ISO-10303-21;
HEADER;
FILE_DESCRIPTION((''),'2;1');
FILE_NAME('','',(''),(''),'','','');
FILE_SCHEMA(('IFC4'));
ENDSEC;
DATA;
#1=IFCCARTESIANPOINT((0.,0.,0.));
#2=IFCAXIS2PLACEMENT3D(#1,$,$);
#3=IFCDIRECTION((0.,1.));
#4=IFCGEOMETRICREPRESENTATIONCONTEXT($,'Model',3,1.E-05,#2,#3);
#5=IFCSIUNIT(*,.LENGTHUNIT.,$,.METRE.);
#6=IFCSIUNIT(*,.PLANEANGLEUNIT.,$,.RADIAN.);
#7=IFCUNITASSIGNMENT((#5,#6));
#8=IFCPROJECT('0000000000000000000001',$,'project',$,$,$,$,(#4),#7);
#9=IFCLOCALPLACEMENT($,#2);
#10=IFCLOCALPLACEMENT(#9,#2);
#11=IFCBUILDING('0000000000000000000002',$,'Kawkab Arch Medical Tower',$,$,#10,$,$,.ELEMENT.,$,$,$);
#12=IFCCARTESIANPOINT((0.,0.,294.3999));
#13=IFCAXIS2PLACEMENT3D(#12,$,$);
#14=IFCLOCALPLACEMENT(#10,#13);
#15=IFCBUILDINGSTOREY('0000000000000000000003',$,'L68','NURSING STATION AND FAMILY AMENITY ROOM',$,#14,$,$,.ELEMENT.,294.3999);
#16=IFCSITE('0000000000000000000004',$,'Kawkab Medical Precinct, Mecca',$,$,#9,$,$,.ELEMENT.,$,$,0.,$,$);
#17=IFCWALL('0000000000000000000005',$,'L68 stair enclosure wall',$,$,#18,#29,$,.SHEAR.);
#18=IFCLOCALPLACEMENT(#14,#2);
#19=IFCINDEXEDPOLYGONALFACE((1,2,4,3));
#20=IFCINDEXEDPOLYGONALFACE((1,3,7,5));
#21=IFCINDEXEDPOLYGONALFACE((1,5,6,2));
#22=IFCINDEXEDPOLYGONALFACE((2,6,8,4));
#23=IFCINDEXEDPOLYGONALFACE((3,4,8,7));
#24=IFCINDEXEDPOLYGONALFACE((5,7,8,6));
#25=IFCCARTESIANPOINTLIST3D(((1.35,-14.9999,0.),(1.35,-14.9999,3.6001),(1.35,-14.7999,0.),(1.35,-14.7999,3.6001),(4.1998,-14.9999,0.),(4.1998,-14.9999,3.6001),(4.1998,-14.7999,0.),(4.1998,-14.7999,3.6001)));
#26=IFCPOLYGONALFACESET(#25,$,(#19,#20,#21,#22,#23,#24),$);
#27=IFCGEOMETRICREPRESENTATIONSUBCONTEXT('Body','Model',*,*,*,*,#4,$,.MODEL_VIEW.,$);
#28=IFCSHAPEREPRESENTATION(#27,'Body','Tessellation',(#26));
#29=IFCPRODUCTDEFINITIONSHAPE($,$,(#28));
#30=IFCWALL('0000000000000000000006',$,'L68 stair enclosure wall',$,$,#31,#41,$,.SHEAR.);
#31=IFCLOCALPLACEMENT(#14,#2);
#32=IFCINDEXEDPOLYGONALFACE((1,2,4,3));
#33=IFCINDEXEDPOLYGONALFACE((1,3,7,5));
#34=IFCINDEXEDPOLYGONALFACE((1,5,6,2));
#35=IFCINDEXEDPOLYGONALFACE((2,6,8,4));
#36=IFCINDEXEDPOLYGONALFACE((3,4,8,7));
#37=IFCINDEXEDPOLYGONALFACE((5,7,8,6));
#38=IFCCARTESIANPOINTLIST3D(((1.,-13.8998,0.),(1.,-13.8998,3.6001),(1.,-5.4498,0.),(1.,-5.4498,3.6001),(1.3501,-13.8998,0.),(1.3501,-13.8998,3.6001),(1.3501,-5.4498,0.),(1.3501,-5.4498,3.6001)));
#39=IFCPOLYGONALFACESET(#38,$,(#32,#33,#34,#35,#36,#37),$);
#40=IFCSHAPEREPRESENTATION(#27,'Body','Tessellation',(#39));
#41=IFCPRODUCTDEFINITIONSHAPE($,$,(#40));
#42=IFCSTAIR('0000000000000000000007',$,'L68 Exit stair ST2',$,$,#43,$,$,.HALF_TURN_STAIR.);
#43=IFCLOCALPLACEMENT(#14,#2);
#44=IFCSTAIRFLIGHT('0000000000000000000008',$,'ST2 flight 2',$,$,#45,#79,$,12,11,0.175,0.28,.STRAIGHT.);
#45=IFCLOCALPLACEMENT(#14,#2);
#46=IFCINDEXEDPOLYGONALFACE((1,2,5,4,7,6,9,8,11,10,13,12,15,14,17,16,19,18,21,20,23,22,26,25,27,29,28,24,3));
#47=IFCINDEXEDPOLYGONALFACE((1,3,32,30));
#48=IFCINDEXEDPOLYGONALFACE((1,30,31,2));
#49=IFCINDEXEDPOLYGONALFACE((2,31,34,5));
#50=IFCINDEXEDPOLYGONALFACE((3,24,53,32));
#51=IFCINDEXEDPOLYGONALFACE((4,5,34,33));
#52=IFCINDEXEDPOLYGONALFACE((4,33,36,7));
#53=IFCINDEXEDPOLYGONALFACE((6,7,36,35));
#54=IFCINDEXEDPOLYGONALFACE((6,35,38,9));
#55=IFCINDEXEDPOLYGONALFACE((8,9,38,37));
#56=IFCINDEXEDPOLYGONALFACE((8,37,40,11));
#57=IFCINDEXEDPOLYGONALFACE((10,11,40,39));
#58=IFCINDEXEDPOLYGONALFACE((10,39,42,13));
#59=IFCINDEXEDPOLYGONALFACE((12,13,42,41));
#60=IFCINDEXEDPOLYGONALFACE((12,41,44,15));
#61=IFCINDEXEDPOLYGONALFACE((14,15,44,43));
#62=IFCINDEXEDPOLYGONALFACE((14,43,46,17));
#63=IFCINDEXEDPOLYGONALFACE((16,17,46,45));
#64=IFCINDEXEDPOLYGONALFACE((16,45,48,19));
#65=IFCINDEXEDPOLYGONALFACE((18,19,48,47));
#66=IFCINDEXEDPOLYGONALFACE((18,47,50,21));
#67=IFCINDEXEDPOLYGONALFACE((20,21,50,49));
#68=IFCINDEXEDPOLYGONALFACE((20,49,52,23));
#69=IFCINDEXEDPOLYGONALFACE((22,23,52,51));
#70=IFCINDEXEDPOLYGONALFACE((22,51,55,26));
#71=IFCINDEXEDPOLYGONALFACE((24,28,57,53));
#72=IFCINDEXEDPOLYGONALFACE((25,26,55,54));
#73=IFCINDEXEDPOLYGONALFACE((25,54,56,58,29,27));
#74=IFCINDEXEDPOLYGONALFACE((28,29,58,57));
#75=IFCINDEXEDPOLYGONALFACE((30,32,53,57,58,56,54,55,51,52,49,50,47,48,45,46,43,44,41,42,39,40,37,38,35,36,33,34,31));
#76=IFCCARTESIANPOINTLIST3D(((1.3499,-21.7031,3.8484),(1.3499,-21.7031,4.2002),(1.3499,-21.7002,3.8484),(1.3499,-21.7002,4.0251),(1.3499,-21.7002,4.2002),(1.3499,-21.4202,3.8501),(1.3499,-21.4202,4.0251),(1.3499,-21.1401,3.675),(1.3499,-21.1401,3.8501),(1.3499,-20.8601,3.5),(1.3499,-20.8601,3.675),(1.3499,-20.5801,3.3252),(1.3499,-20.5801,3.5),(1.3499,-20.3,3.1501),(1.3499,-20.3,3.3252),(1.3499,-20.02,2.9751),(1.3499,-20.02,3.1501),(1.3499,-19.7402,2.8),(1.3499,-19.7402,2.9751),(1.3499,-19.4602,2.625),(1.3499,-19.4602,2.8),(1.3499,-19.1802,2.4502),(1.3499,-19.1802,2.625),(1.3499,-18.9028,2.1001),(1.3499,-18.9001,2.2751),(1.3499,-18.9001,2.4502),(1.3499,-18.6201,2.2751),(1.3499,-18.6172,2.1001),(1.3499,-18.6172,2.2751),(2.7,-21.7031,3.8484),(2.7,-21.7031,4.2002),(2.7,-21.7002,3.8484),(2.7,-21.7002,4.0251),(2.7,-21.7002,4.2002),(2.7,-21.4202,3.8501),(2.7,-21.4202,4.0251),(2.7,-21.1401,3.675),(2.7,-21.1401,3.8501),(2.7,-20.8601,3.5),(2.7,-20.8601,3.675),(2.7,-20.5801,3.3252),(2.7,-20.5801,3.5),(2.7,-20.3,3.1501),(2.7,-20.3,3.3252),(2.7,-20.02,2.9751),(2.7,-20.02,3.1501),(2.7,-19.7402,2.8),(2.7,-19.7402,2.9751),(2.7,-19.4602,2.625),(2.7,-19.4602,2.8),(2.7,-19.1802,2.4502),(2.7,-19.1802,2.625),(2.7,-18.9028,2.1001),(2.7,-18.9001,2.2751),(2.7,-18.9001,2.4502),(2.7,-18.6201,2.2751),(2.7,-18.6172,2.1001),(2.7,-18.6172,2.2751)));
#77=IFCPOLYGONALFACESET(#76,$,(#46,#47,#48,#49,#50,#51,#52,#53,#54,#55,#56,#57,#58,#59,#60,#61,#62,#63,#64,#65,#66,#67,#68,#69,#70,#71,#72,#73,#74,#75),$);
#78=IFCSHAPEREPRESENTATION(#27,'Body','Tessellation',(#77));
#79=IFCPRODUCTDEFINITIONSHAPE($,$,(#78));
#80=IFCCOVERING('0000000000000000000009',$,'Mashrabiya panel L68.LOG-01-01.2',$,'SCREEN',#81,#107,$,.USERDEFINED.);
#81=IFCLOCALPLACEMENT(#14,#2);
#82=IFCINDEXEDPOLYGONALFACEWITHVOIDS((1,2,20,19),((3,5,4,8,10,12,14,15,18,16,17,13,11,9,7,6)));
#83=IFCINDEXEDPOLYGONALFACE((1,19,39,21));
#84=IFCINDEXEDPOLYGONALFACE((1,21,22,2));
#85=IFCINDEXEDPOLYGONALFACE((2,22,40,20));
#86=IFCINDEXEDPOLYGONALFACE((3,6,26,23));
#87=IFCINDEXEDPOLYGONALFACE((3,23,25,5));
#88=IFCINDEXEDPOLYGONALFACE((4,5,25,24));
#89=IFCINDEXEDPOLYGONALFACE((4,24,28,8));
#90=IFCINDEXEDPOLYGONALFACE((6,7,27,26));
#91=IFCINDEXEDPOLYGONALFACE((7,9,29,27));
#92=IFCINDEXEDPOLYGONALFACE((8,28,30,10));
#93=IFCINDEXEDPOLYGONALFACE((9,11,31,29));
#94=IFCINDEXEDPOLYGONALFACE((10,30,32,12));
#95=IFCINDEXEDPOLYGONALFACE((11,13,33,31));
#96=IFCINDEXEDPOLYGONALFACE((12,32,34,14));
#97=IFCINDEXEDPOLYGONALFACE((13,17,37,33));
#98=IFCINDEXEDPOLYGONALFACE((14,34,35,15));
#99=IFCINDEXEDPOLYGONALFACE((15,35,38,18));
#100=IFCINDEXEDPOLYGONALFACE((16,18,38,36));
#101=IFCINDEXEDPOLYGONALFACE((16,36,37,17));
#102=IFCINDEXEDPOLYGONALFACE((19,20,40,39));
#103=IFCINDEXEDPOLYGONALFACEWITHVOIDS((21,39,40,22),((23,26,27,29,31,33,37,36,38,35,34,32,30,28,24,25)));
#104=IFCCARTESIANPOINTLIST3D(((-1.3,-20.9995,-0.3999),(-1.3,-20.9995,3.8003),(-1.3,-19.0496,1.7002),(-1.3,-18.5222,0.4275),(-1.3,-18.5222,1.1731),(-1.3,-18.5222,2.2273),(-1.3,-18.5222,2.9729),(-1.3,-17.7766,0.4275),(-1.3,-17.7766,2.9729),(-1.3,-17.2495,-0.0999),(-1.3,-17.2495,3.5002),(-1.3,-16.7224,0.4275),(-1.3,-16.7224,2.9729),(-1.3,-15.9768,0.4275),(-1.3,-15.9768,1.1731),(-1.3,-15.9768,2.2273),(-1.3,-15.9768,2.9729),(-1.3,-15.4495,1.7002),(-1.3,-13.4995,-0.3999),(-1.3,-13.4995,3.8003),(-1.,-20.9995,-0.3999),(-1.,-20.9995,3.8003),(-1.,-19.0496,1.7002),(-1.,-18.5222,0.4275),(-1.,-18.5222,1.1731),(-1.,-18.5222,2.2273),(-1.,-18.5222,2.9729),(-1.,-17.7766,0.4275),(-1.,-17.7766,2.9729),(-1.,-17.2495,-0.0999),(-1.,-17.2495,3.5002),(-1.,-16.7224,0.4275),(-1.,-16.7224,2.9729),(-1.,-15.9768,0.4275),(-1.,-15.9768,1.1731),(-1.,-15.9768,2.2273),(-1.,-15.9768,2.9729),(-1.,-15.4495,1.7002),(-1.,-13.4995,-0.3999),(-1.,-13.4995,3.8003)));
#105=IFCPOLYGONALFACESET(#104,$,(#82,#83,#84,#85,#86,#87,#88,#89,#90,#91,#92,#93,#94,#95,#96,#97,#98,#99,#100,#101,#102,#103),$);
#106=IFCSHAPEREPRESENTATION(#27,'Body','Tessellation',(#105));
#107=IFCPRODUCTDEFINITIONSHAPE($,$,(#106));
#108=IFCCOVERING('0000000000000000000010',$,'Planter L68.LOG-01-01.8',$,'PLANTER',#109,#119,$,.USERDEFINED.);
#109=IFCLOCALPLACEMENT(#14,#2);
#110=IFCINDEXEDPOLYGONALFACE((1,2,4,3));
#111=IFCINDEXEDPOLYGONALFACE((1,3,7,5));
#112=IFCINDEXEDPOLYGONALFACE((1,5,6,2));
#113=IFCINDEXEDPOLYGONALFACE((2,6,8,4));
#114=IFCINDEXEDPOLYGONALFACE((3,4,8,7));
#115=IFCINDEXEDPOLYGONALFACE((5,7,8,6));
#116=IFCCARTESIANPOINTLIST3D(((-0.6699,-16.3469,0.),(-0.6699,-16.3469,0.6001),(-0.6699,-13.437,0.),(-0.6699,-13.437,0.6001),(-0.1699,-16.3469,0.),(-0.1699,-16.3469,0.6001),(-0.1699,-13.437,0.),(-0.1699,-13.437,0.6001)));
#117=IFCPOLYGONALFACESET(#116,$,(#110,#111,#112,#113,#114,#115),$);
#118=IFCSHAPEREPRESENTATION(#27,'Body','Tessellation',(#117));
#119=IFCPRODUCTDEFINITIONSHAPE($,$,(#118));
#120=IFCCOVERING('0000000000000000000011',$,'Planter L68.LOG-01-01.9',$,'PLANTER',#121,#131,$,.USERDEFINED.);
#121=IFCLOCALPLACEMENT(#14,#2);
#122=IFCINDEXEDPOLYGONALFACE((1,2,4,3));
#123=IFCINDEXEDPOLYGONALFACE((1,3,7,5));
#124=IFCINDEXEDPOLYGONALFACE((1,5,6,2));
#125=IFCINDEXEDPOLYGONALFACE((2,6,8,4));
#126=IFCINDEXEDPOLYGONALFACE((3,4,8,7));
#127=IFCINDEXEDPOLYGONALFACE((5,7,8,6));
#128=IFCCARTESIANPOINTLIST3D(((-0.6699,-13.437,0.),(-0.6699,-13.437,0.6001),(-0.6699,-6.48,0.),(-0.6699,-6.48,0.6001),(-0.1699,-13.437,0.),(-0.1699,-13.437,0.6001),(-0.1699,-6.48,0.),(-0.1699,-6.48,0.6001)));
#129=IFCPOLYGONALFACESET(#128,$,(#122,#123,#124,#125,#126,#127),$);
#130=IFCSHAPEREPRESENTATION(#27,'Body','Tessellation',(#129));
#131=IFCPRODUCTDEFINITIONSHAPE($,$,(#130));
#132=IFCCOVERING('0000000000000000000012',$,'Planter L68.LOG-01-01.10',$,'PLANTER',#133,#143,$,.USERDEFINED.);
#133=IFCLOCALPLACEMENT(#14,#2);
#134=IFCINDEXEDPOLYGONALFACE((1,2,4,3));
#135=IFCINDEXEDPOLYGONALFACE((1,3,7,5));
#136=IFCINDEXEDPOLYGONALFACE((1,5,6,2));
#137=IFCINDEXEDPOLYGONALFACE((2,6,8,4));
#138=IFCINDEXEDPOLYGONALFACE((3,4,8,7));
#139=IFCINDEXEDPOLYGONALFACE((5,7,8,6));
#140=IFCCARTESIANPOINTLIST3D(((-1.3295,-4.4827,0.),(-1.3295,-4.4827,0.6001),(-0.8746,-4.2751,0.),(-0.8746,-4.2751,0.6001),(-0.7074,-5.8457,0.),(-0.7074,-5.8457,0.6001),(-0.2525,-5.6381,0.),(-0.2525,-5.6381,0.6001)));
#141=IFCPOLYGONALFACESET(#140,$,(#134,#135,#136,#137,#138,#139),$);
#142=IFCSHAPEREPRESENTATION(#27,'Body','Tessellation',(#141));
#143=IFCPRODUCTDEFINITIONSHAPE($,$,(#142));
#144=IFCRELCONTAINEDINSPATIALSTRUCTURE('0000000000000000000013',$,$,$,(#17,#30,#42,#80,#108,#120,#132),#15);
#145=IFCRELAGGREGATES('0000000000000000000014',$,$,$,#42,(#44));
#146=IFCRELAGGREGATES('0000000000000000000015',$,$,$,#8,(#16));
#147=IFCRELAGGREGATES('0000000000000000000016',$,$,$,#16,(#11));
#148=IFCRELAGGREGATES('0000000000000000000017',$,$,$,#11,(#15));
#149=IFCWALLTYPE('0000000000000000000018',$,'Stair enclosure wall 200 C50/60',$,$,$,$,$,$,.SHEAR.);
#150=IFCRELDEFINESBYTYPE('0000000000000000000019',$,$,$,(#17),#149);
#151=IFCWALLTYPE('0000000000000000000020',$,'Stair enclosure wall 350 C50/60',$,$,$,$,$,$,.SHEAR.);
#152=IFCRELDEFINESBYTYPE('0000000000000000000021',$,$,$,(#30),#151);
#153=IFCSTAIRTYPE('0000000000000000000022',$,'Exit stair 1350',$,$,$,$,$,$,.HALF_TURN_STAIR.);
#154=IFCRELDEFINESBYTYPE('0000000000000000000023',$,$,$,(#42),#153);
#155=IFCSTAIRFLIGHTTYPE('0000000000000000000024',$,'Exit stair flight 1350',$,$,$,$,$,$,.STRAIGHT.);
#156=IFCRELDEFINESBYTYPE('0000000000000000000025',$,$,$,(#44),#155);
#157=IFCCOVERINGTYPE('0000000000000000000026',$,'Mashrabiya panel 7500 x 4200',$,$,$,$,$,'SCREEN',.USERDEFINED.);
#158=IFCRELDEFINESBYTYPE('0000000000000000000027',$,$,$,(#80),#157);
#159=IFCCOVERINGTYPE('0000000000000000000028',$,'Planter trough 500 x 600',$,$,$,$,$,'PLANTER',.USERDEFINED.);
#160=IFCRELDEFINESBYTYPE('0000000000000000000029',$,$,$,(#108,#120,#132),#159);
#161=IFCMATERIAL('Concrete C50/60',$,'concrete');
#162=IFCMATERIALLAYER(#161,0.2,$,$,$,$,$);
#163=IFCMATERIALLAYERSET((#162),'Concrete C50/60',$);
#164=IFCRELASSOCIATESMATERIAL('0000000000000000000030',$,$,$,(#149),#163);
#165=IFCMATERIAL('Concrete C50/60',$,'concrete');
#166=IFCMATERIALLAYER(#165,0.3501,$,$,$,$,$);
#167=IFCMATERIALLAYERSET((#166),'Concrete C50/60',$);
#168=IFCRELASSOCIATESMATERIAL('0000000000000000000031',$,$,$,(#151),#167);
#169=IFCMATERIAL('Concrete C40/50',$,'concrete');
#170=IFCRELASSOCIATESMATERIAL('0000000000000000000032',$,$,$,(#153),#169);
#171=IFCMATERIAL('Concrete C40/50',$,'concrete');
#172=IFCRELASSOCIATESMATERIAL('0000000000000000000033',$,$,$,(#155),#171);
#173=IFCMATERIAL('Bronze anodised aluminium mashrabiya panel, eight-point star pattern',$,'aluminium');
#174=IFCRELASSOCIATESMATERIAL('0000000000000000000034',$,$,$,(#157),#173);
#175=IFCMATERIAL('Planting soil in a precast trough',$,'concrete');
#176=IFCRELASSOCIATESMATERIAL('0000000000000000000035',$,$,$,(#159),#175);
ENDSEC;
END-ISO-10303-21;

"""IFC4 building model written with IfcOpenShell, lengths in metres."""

from ifc_helpers import new_model, si_unit, direction, frame, frame_2d, origin, origin_2d, place, context, subcontext, project, spatial, polyline, rectangle, outline, extrude, material, layer, layer_set, material_profile, profile_set, type_object, element, aggregate, save


model = new_model("IFC4")

# Units and contexts
model_context = context("Model", 3, precision=1e-05, world=origin(), true_north=direction((0.0, 1.0)))
body_context = subcontext(model_context, "Body", "Model", "MODEL_VIEW")
ifc_project = project(units=[si_unit("LENGTHUNIT", "METRE"), si_unit("PLANEANGLEUNIT", "RADIAN")], contexts=[model_context])

# Site, building, storey
site_placement = place(None, origin())
site = spatial("IfcSite", under=ifc_project, at=site_placement, Name="Kawkab Medical Precinct, Mecca", CompositionType="ELEMENT", RefElevation=0.0)
building_placement = place(site_placement, origin())
building = spatial("IfcBuilding", under=site, at=building_placement, Name="Kawkab Arch Medical Tower", CompositionType="ELEMENT")
storey_placement = place(building_placement, frame((0.0, 0.0, 294.3999)))
storey = spatial("IfcBuildingStorey", under=building, at=storey_placement, Name="L68", Description="NURSING STATION AND FAMILY AMENITY ROOM", CompositionType="ELEMENT", Elevation=294.3999)

# Shared definitions
placement = place(storey_placement, origin())

# Walls
ifc_material_1 = material(Name="Concrete C50/60", Category="concrete")
ifc_layer_1 = layer(ifc_material_1, 0.2)
ifc_layer_set_1 = layer_set([ifc_layer_1], Name="Concrete C50/60")
wall_type_1 = type_object("IfcWallType", Name="Stair enclosure wall 200 C50/60", PredefinedType="SHEAR", material=ifc_layer_set_1)
for number, where, z_axis, x_axis, name in (
    (1, (1.3501, -14.8999, 0.0), (0.0, 0.0, 1.0), (1.0, 0.0, 0.0), "L68 stair enclosure wall"),
):
    element("IfcWall", number, at=place(storey_placement, frame(where, z_axis=z_axis, x_axis=x_axis)), inside=storey, type_object=wall_type_1, Name=name, PredefinedType="SHEAR", context=body_context, shape_type="SweptSolid", body=[
        extrude(rectangle(XDim=2.8499, YDim=0.2, at=frame_2d((1.4248, 0.0))), origin(), (0.0, 0.0, 1.0), 3.6001),
    ])
ifc_material_2 = material(Name="Concrete C50/60", Category="concrete")
ifc_layer_2 = layer(ifc_material_2, 0.3501)
ifc_layer_set_2 = layer_set([ifc_layer_2], Name="Concrete C50/60")
wall_type_2 = type_object("IfcWallType", Name="Stair enclosure wall 350 C50/60", PredefinedType="SHEAR", material=ifc_layer_set_2)
wall_placement = place(storey_placement, frame((1.175, -13.8999, 0.0), z_axis=(0.0, 0.0, 1.0), x_axis=(0.0, 1.0, 0.0)))
element("IfcWall", 2, at=wall_placement, inside=storey, type_object=wall_type_2, Name="L68 stair enclosure wall", PredefinedType="SHEAR", context=body_context, shape_type="SweptSolid", body=[
    extrude(rectangle(XDim=8.45, YDim=0.3501, at=frame_2d((4.2251, 0.0))), origin(), (0.0, 0.0, 1.0), 3.6001),
])

# Stair, stair flight
ifc_material_3 = material(Name="Concrete C40/50", Category="concrete")
stair_type = type_object("IfcStairType", Name="Exit stair 1350", PredefinedType="HALF_TURN_STAIR", material=ifc_material_3)
stair = element("IfcStair", 3, at=placement, inside=storey, type_object=stair_type, Name="L68 Exit stair ST2", PredefinedType="HALF_TURN_STAIR")
ifc_material_4 = material(Name="Concrete C40/50", Category="concrete")
stair_flight_type = type_object("IfcStairFlightType", Name="Exit stair flight 1350", PredefinedType="STRAIGHT", material=ifc_material_4)
stair_flight_placement = place(storey_placement, frame((2.0249, -18.6201, 2.1001), z_axis=(0.0, 0.0, 1.0), x_axis=(0.0, -1.0, 0.0)))
stair_flight = element("IfcStairFlight", 4, at=stair_flight_placement, type_object=stair_flight_type, Name="ST2 flight 2", NumberOfRisers=12, NumberOfTreads=11, PredefinedType="STRAIGHT", RiserHeight=0.175, TreadLength=0.28, context=body_context, shape_type="SweptSolid", body=[
    extrude(outline(polyline([(-0.0029, 0.0), (-0.0029, 0.175), (0.0, 0.175), (0.28, 0.175), (0.28, 0.3501), (0.5601, 0.3501), (0.5601, 0.5249), (0.8401, 0.5249), (0.8401, 0.7), (1.1201, 0.7), (1.1201, 0.875), (1.3999, 0.875), (1.3999, 1.05), (1.6799, 1.05), (1.6799, 1.2251), (1.96, 1.2251), (1.96, 1.3999), (2.24, 1.3999), (2.24, 1.575), (2.52, 1.575), (2.52, 1.75), (2.8, 1.75), (2.8, 1.925), (3.0801, 1.925), (3.0801, 2.1001), (3.083, 2.1001), (3.083, 1.7483), (3.0801, 1.7483), (0.2827, 0.0), (-0.0029, 0.0)])), frame((0.0, 0.675, 0.0), z_axis=(0.0, -1.0, 0.0), x_axis=(1.0, 0.0, 0.0)), (0.0, 0.0, 1.0), 1.3501),
])
aggregate(stair, [stair_flight])

# Coverings
ifc_material_5 = material(Name="Bronze anodised aluminium mashrabiya panel, eight-point star pattern", Category="aluminium")
ifc_material_profile_1 = material_profile(ifc_material_5, outline(polyline([(-3.75, -2.1001), (3.75, -2.1001), (3.75, 2.1001), (-3.75, 2.1001), (-3.75, -2.1001)]), holes=[polyline([(1.8, 0.0), (1.2727, 0.5271), (1.2727, 1.2727), (0.5271, 1.2727), (0.0, 1.8), (-0.5271, 1.2727), (-1.2727, 1.2727), (-1.2727, 0.5271), (-1.8, 0.0), (-1.2727, -0.5271), (-1.2727, -1.2727), (-0.5271, -1.2727), (0.0, -1.8), (0.5271, -1.2727), (1.2727, -1.2727), (1.2727, -0.5271), (1.8, 0.0)])]), Name="Mashrabiya panel 7500x4200")
ifc_profile_set_1 = profile_set([ifc_material_profile_1], Name="Bronze anodised aluminium mashrabiya panel, eight-point star pattern")
covering_type_1 = type_object("IfcCoveringType", Name="Mashrabiya panel 7500 x 4200", ElementType="SCREEN", PredefinedType="USERDEFINED", material=ifc_profile_set_1)
covering_1_placement = place(storey_placement, frame((-1.0, -17.2495, 1.7002), z_axis=(-1.0, 0.0, 0.0), x_axis=(0.0, -1.0, 0.0)))
element("IfcCovering", 5, at=covering_1_placement, inside=storey, type_object=covering_type_1, Name="Mashrabiya panel L68.LOG-01-01.2", ObjectType="SCREEN", PredefinedType="USERDEFINED", context=body_context, shape_type="SweptSolid", body=[
    extrude(outline(polyline([(-3.75, -2.1001), (3.75, -2.1001), (3.75, 2.1001), (-3.75, 2.1001), (-3.75, -2.1001)]), holes=[polyline([(1.8, 0.0), (1.2727, 0.5271), (1.2727, 1.2727), (0.5271, 1.2727), (0.0, 1.8), (-0.5271, 1.2727), (-1.2727, 1.2727), (-1.2727, 0.5271), (-1.8, 0.0), (-1.2727, -0.5271), (-1.2727, -1.2727), (-0.5271, -1.2727), (0.0, -1.8), (0.5271, -1.2727), (1.2727, -1.2727), (1.2727, -0.5271), (1.8, 0.0)])]), origin(), (0.0, 0.0, 1.0), 0.3),
])
ifc_material_6 = material(Name="Planting soil in a precast trough", Category="concrete")
ifc_material_profile_2 = material_profile(ifc_material_6, rectangle(XDim=0.5, YDim=0.6001, at=origin_2d()), Name="Trough 500x600")
ifc_profile_set_2 = profile_set([ifc_material_profile_2], Name="Planting soil in a precast trough")
covering_type_2 = type_object("IfcCoveringType", Name="Planter trough 500 x 600", ElementType="PLANTER", PredefinedType="USERDEFINED", material=ifc_profile_set_2)
covering_2_placement = place(storey_placement, frame((-0.4199, -16.3469, 0.3), z_axis=(0.0, 1.0, 0.0), x_axis=(-1.0, 0.0, 0.0)))
element("IfcCovering", 6, at=covering_2_placement, inside=storey, type_object=covering_type_2, Name="Planter L68.LOG-01-01.8", ObjectType="PLANTER", PredefinedType="USERDEFINED", context=body_context, shape_type="SweptSolid", body=[
    extrude(rectangle(XDim=0.5, YDim=0.6001, at=origin_2d()), origin(), (0.0, 0.0, 1.0), 2.9099),
])
covering_3_placement = place(storey_placement, frame((-0.4199, -13.437, 0.3), z_axis=(0.0, 1.0, 0.0), x_axis=(-1.0, 0.0, 0.0)))
element("IfcCovering", 7, at=covering_3_placement, inside=storey, type_object=covering_type_2, Name="Planter L68.LOG-01-01.9", ObjectType="PLANTER", PredefinedType="USERDEFINED", context=body_context, shape_type="SweptSolid", body=[
    extrude(rectangle(XDim=0.5, YDim=0.6001, at=origin_2d()), origin(), (0.0, 0.0, 1.0), 6.957),
])
covering_4_placement = place(storey_placement, frame((-0.48, -5.7419, 0.3), z_axis=(-0.41519, 0.909735, 0.0), x_axis=(-0.909735, -0.41519, 0.0)))
element("IfcCovering", 8, at=covering_4_placement, inside=storey, type_object=covering_type_2, Name="Planter L68.LOG-01-01.10", ObjectType="PLANTER", PredefinedType="USERDEFINED", context=body_context, shape_type="SweptSolid", body=[
    extrude(rectangle(XDim=0.5, YDim=0.6001, at=origin_2d()), origin(), (0.0, 0.0, 1.0), 1.4983),
])

save(model, "model.ifc")
